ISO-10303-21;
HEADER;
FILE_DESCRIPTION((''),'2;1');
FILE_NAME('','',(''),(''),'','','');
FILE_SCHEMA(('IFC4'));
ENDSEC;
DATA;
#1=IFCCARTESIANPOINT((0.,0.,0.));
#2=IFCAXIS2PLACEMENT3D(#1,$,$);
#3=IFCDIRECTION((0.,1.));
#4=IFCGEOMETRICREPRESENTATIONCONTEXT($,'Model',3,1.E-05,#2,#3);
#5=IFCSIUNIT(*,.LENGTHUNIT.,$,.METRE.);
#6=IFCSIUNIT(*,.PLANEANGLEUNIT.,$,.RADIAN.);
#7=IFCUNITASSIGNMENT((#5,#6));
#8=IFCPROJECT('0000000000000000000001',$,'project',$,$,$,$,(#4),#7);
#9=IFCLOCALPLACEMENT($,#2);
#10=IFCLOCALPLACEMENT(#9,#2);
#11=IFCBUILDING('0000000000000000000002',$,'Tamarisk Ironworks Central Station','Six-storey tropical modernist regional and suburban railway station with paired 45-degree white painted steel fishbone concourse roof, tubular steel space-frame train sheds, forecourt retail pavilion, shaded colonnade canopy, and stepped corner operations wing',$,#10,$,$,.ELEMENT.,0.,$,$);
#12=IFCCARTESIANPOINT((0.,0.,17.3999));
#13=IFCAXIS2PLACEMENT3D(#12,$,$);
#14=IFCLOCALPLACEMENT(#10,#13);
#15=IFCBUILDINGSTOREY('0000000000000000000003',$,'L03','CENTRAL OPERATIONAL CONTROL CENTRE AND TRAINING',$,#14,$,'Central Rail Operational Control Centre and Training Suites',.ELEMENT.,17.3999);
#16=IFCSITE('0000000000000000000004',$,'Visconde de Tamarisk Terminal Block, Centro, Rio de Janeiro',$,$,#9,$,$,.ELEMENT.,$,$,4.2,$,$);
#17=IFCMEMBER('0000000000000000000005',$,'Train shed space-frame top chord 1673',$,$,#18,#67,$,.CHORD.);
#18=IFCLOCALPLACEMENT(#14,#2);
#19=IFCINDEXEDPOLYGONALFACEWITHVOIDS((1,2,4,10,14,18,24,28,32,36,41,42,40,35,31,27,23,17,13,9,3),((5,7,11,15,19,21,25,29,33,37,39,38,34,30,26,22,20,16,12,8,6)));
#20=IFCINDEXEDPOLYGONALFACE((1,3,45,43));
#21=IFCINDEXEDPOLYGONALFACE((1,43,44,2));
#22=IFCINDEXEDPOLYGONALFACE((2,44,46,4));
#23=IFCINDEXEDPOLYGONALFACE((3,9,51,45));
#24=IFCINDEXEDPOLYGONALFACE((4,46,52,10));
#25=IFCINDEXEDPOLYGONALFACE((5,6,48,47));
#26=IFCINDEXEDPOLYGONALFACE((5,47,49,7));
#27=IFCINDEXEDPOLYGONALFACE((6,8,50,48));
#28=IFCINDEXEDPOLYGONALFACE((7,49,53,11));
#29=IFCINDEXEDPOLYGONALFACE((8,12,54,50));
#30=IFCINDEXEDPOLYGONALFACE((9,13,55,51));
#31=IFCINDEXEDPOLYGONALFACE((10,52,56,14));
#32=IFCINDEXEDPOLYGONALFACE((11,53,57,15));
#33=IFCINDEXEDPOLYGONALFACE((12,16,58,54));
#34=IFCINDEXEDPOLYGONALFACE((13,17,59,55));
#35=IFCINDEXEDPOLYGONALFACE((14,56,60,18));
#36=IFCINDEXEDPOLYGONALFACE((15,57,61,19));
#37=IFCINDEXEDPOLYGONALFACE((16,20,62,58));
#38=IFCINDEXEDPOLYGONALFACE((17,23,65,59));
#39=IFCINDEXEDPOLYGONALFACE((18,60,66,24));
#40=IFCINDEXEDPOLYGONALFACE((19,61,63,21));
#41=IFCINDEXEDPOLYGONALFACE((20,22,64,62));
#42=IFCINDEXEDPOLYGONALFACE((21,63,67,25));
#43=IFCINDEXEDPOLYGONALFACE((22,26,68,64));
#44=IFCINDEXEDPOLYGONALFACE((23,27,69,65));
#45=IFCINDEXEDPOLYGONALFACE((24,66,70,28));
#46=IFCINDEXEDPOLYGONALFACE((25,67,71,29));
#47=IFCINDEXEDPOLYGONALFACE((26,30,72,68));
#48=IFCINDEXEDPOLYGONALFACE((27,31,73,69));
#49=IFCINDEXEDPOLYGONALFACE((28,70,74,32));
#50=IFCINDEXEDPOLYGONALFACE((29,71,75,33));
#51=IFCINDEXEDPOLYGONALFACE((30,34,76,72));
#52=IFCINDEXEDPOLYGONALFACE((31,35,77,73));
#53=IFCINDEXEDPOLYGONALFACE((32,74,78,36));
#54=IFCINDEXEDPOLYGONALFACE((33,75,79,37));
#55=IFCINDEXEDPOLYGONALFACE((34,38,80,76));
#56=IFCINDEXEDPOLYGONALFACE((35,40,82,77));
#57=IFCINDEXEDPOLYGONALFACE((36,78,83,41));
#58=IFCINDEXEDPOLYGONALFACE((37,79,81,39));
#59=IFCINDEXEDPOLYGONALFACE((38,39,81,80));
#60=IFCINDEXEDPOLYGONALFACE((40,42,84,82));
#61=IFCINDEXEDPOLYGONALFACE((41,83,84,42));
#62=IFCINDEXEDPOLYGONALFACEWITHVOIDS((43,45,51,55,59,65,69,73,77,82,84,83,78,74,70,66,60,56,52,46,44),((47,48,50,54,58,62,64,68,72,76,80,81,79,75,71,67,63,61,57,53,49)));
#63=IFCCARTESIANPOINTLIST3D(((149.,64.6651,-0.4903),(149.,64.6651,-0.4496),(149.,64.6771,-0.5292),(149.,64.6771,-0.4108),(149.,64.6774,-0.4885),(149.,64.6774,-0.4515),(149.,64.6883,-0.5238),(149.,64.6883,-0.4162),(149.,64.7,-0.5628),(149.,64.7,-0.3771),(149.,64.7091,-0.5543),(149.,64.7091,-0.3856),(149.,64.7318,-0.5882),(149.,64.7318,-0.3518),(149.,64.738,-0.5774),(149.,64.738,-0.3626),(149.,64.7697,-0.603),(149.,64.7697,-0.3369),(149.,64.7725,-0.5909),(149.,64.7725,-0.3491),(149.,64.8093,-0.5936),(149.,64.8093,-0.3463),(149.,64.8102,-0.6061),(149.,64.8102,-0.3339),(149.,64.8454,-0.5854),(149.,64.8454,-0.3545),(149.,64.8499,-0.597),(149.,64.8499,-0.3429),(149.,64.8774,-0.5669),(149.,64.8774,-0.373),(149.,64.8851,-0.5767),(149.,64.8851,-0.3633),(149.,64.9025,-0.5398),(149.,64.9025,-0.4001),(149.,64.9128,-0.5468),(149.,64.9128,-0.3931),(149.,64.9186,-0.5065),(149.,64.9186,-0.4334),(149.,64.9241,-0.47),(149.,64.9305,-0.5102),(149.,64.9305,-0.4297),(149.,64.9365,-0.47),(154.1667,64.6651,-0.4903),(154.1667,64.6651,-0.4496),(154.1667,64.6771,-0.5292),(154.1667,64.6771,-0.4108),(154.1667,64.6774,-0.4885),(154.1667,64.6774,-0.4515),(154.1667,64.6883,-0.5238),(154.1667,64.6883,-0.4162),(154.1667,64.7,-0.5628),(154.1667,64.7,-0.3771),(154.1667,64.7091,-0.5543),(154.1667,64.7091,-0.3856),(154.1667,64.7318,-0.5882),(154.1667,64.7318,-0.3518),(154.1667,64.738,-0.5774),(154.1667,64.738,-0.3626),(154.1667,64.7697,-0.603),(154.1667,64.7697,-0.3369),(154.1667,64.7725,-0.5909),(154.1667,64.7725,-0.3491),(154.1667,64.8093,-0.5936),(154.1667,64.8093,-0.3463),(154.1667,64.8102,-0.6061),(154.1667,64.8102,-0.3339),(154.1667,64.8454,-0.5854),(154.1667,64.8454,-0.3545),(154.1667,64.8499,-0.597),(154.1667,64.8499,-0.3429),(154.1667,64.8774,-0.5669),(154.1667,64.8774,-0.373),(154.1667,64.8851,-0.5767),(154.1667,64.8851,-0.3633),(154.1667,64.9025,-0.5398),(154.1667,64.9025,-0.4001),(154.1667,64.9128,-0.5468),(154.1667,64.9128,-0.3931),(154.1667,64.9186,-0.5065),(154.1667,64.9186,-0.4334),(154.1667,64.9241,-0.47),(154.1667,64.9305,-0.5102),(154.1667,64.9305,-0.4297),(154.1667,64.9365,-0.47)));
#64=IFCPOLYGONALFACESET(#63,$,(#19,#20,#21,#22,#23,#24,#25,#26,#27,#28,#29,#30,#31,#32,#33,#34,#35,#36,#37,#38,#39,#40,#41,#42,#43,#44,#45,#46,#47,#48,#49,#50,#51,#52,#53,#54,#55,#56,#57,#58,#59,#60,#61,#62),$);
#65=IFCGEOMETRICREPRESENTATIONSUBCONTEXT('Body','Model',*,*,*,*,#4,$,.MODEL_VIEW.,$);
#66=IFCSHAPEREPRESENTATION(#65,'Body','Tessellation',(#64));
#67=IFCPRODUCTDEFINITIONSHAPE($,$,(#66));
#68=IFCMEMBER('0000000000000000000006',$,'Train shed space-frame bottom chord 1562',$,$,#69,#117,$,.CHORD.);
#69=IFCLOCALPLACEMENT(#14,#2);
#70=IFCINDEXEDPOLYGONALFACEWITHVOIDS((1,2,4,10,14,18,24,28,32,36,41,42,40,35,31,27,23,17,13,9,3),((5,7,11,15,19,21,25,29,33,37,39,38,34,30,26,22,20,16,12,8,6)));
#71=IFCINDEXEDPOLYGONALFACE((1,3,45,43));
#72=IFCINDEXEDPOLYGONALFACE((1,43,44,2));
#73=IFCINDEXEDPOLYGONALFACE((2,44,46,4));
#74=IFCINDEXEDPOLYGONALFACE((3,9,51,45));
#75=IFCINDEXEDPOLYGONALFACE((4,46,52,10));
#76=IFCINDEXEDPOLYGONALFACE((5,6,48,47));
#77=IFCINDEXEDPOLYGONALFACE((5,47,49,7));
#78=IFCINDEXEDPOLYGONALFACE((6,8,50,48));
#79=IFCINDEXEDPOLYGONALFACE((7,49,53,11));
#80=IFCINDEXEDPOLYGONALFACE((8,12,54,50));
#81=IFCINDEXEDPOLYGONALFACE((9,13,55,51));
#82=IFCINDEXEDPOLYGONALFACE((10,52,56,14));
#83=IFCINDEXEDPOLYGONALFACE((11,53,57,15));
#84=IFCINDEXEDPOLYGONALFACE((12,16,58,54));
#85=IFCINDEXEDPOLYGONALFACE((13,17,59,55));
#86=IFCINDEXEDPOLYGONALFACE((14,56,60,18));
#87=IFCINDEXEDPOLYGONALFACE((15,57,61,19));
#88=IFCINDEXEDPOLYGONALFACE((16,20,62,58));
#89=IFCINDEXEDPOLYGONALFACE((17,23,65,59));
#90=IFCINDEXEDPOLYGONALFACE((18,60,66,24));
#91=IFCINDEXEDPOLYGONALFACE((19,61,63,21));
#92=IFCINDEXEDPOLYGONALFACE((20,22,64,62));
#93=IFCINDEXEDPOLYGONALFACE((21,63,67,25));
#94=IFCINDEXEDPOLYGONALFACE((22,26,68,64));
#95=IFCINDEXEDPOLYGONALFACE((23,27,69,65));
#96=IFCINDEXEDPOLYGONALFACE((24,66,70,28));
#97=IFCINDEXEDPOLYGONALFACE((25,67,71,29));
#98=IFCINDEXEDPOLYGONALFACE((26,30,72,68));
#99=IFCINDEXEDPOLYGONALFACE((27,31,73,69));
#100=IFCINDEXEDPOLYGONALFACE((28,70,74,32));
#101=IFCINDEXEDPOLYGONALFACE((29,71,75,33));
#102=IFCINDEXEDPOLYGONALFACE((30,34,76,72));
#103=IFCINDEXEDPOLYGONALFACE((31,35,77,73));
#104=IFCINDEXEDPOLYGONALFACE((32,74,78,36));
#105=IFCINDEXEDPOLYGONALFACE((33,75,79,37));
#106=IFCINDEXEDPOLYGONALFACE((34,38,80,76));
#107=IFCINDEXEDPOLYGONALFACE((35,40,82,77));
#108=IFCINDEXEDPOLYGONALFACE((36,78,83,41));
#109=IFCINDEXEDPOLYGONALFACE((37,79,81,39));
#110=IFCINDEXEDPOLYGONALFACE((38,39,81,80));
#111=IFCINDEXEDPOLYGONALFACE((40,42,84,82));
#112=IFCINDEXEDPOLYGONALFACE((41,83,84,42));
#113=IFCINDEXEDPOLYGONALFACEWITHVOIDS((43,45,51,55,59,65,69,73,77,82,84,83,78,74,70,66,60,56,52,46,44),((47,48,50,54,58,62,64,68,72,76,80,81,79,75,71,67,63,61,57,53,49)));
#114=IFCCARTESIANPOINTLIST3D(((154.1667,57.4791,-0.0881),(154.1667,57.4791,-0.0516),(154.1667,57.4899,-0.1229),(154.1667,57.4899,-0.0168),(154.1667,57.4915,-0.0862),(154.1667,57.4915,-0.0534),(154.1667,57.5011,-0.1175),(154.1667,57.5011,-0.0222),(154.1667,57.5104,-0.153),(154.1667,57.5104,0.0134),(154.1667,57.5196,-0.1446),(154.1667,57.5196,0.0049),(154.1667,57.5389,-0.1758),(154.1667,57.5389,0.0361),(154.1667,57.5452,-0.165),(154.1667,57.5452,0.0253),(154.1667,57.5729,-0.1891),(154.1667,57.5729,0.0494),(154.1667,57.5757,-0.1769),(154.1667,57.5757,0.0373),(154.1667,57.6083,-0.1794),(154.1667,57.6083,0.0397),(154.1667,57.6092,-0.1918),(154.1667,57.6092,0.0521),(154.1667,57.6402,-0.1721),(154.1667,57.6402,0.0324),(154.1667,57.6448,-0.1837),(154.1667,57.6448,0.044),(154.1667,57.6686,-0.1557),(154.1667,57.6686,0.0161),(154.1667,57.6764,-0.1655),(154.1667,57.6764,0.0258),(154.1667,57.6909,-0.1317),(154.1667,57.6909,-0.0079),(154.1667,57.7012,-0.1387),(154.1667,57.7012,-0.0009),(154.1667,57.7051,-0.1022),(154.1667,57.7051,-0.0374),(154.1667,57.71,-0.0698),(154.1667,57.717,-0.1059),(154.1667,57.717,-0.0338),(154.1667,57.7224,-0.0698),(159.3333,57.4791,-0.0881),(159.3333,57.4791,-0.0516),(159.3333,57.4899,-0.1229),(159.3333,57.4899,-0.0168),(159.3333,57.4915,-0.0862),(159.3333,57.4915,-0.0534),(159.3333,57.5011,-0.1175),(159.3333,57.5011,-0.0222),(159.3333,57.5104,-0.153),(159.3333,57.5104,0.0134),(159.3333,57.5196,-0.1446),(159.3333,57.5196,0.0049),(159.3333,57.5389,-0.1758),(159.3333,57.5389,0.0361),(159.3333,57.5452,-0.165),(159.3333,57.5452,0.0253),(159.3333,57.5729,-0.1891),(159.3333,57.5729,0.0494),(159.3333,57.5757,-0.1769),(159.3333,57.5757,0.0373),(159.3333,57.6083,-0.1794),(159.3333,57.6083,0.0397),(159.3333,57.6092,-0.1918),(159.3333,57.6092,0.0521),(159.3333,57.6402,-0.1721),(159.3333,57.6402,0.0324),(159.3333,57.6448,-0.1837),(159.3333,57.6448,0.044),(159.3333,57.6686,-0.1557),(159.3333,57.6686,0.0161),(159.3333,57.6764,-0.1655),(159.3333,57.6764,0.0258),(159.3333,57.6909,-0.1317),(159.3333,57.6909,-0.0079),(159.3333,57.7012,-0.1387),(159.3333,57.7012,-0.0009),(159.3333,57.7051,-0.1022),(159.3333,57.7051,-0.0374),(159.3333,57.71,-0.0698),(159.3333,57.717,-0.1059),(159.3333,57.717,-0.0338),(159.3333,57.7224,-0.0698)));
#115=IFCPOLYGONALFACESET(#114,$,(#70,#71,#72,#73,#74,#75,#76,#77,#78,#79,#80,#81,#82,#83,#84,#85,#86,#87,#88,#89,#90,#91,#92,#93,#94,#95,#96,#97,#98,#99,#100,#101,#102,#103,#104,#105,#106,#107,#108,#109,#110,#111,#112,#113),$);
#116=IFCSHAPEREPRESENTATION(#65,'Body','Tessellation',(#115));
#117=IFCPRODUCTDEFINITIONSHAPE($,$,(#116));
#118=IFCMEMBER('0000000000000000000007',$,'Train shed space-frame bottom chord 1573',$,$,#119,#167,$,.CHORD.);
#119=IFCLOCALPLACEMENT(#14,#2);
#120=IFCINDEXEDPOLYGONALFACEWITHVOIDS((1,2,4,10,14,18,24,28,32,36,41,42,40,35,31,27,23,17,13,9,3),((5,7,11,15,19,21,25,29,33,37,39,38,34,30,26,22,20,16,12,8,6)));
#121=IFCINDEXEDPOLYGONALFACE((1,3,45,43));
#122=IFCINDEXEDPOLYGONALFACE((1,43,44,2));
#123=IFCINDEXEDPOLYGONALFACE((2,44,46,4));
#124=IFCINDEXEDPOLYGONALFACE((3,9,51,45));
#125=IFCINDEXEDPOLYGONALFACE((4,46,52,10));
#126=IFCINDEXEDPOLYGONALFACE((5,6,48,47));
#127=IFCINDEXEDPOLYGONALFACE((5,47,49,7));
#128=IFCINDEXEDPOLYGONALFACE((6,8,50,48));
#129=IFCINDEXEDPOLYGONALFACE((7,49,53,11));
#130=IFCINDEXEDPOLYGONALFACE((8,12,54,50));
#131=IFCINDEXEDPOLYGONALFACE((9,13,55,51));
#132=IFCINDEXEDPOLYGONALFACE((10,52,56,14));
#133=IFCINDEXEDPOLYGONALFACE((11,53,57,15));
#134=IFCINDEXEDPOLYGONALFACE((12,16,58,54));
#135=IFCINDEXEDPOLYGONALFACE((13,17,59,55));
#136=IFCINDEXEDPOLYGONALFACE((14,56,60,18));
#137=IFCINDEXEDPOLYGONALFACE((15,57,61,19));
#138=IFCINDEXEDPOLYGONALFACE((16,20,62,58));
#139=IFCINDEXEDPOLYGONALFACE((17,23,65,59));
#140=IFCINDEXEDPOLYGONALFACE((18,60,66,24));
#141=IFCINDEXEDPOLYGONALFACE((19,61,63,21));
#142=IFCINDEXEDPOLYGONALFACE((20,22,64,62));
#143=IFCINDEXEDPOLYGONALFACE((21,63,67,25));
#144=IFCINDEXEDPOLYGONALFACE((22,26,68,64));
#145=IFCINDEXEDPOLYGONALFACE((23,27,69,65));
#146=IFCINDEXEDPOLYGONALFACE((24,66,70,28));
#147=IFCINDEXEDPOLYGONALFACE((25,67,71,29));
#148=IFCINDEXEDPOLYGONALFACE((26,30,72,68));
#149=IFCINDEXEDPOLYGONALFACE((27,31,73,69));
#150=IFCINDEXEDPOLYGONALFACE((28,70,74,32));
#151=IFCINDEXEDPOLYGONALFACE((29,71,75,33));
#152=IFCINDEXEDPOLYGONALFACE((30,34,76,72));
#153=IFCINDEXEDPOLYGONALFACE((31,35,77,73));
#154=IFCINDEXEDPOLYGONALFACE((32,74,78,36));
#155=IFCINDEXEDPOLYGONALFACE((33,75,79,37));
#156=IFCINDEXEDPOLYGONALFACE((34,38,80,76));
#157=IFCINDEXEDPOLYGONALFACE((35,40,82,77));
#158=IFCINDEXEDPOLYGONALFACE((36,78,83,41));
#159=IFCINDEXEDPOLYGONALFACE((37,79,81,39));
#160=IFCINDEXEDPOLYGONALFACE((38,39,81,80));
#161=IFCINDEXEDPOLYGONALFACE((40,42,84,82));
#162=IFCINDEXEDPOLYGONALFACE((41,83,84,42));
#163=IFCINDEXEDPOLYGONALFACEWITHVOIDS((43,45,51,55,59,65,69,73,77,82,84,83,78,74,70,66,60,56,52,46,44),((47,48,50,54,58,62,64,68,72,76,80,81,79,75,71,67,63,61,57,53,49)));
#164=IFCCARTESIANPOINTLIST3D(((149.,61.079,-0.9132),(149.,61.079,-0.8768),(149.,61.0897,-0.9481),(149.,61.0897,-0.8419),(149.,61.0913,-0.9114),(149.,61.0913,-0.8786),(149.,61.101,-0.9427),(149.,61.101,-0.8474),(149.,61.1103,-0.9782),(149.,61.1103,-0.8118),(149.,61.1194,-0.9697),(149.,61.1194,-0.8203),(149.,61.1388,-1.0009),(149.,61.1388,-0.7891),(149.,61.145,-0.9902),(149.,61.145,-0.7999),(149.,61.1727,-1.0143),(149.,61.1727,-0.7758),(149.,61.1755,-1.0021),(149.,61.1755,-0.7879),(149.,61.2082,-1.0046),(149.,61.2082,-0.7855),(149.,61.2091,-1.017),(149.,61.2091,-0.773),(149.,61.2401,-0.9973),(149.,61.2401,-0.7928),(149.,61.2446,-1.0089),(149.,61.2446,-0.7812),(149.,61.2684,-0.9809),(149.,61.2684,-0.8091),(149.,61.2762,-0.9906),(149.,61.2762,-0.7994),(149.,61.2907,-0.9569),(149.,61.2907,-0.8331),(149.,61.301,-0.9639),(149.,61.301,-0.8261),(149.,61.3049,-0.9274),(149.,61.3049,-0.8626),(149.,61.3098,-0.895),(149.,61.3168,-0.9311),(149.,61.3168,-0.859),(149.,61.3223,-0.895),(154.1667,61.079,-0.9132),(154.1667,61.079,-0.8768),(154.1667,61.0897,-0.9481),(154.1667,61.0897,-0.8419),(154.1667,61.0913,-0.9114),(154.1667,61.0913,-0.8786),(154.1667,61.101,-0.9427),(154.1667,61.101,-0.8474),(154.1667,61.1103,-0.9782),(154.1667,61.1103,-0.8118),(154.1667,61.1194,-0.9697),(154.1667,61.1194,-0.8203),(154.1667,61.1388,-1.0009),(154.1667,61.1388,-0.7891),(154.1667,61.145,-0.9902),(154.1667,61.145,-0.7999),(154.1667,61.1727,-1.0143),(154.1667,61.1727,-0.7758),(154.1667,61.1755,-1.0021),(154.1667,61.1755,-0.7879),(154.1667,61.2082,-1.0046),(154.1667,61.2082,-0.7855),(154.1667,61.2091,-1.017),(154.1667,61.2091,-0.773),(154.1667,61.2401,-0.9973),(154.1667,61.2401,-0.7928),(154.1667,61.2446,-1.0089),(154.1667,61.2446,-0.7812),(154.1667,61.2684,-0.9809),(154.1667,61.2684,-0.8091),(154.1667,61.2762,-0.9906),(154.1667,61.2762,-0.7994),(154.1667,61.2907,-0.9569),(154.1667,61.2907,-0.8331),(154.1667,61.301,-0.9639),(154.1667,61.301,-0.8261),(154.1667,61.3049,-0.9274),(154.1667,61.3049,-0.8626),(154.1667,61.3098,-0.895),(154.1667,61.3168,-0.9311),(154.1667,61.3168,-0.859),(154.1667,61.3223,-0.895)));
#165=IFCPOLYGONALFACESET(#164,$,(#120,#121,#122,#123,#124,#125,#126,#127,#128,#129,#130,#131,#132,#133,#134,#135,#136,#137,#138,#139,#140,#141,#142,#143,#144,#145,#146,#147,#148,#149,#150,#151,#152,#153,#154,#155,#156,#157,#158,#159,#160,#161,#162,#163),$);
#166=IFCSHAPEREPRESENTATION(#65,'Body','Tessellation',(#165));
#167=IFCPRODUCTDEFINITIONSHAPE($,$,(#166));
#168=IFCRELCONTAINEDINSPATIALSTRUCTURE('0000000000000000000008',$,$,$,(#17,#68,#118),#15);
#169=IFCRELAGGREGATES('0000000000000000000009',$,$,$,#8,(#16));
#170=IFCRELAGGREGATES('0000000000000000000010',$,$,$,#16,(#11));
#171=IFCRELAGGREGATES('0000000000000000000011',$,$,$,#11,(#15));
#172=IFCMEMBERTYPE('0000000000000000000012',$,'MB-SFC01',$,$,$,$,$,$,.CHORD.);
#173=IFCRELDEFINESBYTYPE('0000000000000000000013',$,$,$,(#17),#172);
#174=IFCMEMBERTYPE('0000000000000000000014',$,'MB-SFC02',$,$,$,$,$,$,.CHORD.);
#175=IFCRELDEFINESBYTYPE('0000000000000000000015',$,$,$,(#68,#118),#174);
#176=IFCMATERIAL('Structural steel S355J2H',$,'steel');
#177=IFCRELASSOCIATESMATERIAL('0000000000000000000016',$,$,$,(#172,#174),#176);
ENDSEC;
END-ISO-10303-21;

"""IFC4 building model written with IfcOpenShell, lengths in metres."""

from ifc_helpers import new_model, si_unit, direction, frame, origin, origin_2d, place, context, subcontext, project, spatial, hollow_circle, extrude, material, material_profile, profile_set, type_object, element, save


model = new_model("IFC4")

# Units and contexts
model_context = context("Model", 3, precision=1e-05, world=origin(), true_north=direction((0.0, 1.0)))
body_context = subcontext(model_context, "Body", "Model", "MODEL_VIEW")
ifc_project = project(units=[si_unit("LENGTHUNIT", "METRE"), si_unit("PLANEANGLEUNIT", "RADIAN")], contexts=[model_context])

# Site, building, storey
site_placement = place(None, origin())
site = spatial("IfcSite", under=ifc_project, at=site_placement, Name="Visconde de Tamarisk Terminal Block, Centro, Rio de Janeiro", CompositionType="ELEMENT", RefElevation=4.2)
building_placement = place(site_placement, origin())
building = spatial("IfcBuilding", under=site, at=building_placement, Name="Tamarisk Ironworks Central Station", Description="Six-storey tropical modernist regional and suburban railway station with paired 45-degree white painted steel fishbone concourse roof, tubular steel space-frame train sheds, forecourt retail pavilion, shaded colonnade canopy, and stepped corner operations wing", CompositionType="ELEMENT", ElevationOfRefHeight=0.0)
storey_placement = place(building_placement, frame((0.0, 0.0, 17.3999)))
storey = spatial("IfcBuildingStorey", under=building, at=storey_placement, Name="L03", Description="CENTRAL OPERATIONAL CONTROL CENTRE AND TRAINING", LongName="Central Rail Operational Control Centre and Training Suites", CompositionType="ELEMENT", Elevation=17.3999)

# Members
ifc_material = material(Name="Structural steel S355J2H", Category="steel")
ifc_material_profile_1 = material_profile(ifc_material, hollow_circle(Radius=0.1365, WallThickness=0.0125, at=origin_2d()), Name="CHS 273x12.5")
ifc_profile_set_1 = profile_set([ifc_material_profile_1], Name="Structural steel S355J2H")
member_type_1 = type_object("IfcMemberType", Name="MB-SFC01", PredefinedType="CHORD", material=ifc_profile_set_1)
member_1_placement = place(storey_placement, frame((149.0, 64.8, -0.47), z_axis=(1.0, 0.0, 0.0), x_axis=(0.0, 1.0, 0.0)))
element("IfcMember", 1, at=member_1_placement, inside=storey, type_object=member_type_1, Name="Train shed space-frame top chord 1673", PredefinedType="CHORD", context=body_context, shape_type="SweptSolid", body=[
    extrude(hollow_circle(Radius=0.1365, WallThickness=0.0125, at=origin_2d()), origin(), (0.0, 0.0, 1.0), 5.1667),
])
ifc_material_profile_2 = material_profile(ifc_material, hollow_circle(Radius=0.1223, WallThickness=0.0125, at=origin_2d()), Name="CHS 244.5x12.5")
ifc_profile_set_2 = profile_set([ifc_material_profile_2], Name="Structural steel S355J2H")
member_type_2 = type_object("IfcMemberType", Name="MB-SFC02", PredefinedType="CHORD", material=ifc_profile_set_2)
member_2_placement = place(storey_placement, frame((154.1667, 57.6001, -0.0698), z_axis=(1.0, 0.0, 0.0), x_axis=(0.0, 1.0, 0.0)))
element("IfcMember", 2, at=member_2_placement, inside=storey, type_object=member_type_2, Name="Train shed space-frame bottom chord 1562", PredefinedType="CHORD", context=body_context, shape_type="SweptSolid", body=[
    extrude(hollow_circle(Radius=0.1223, WallThickness=0.0125, at=origin_2d()), origin(), (0.0, 0.0, 1.0), 5.1665),
])
member_3_placement = place(storey_placement, frame((149.0, 61.2, -0.895), z_axis=(1.0, 0.0, 0.0), x_axis=(0.0, 1.0, 0.0)))
element("IfcMember", 3, at=member_3_placement, inside=storey, type_object=member_type_2, Name="Train shed space-frame bottom chord 1573", PredefinedType="CHORD", context=body_context, shape_type="SweptSolid", body=[
    extrude(hollow_circle(Radius=0.1223, WallThickness=0.0125, at=origin_2d()), origin(), (0.0, 0.0, 1.0), 5.1667),
])

save(model, "model.ifc")
